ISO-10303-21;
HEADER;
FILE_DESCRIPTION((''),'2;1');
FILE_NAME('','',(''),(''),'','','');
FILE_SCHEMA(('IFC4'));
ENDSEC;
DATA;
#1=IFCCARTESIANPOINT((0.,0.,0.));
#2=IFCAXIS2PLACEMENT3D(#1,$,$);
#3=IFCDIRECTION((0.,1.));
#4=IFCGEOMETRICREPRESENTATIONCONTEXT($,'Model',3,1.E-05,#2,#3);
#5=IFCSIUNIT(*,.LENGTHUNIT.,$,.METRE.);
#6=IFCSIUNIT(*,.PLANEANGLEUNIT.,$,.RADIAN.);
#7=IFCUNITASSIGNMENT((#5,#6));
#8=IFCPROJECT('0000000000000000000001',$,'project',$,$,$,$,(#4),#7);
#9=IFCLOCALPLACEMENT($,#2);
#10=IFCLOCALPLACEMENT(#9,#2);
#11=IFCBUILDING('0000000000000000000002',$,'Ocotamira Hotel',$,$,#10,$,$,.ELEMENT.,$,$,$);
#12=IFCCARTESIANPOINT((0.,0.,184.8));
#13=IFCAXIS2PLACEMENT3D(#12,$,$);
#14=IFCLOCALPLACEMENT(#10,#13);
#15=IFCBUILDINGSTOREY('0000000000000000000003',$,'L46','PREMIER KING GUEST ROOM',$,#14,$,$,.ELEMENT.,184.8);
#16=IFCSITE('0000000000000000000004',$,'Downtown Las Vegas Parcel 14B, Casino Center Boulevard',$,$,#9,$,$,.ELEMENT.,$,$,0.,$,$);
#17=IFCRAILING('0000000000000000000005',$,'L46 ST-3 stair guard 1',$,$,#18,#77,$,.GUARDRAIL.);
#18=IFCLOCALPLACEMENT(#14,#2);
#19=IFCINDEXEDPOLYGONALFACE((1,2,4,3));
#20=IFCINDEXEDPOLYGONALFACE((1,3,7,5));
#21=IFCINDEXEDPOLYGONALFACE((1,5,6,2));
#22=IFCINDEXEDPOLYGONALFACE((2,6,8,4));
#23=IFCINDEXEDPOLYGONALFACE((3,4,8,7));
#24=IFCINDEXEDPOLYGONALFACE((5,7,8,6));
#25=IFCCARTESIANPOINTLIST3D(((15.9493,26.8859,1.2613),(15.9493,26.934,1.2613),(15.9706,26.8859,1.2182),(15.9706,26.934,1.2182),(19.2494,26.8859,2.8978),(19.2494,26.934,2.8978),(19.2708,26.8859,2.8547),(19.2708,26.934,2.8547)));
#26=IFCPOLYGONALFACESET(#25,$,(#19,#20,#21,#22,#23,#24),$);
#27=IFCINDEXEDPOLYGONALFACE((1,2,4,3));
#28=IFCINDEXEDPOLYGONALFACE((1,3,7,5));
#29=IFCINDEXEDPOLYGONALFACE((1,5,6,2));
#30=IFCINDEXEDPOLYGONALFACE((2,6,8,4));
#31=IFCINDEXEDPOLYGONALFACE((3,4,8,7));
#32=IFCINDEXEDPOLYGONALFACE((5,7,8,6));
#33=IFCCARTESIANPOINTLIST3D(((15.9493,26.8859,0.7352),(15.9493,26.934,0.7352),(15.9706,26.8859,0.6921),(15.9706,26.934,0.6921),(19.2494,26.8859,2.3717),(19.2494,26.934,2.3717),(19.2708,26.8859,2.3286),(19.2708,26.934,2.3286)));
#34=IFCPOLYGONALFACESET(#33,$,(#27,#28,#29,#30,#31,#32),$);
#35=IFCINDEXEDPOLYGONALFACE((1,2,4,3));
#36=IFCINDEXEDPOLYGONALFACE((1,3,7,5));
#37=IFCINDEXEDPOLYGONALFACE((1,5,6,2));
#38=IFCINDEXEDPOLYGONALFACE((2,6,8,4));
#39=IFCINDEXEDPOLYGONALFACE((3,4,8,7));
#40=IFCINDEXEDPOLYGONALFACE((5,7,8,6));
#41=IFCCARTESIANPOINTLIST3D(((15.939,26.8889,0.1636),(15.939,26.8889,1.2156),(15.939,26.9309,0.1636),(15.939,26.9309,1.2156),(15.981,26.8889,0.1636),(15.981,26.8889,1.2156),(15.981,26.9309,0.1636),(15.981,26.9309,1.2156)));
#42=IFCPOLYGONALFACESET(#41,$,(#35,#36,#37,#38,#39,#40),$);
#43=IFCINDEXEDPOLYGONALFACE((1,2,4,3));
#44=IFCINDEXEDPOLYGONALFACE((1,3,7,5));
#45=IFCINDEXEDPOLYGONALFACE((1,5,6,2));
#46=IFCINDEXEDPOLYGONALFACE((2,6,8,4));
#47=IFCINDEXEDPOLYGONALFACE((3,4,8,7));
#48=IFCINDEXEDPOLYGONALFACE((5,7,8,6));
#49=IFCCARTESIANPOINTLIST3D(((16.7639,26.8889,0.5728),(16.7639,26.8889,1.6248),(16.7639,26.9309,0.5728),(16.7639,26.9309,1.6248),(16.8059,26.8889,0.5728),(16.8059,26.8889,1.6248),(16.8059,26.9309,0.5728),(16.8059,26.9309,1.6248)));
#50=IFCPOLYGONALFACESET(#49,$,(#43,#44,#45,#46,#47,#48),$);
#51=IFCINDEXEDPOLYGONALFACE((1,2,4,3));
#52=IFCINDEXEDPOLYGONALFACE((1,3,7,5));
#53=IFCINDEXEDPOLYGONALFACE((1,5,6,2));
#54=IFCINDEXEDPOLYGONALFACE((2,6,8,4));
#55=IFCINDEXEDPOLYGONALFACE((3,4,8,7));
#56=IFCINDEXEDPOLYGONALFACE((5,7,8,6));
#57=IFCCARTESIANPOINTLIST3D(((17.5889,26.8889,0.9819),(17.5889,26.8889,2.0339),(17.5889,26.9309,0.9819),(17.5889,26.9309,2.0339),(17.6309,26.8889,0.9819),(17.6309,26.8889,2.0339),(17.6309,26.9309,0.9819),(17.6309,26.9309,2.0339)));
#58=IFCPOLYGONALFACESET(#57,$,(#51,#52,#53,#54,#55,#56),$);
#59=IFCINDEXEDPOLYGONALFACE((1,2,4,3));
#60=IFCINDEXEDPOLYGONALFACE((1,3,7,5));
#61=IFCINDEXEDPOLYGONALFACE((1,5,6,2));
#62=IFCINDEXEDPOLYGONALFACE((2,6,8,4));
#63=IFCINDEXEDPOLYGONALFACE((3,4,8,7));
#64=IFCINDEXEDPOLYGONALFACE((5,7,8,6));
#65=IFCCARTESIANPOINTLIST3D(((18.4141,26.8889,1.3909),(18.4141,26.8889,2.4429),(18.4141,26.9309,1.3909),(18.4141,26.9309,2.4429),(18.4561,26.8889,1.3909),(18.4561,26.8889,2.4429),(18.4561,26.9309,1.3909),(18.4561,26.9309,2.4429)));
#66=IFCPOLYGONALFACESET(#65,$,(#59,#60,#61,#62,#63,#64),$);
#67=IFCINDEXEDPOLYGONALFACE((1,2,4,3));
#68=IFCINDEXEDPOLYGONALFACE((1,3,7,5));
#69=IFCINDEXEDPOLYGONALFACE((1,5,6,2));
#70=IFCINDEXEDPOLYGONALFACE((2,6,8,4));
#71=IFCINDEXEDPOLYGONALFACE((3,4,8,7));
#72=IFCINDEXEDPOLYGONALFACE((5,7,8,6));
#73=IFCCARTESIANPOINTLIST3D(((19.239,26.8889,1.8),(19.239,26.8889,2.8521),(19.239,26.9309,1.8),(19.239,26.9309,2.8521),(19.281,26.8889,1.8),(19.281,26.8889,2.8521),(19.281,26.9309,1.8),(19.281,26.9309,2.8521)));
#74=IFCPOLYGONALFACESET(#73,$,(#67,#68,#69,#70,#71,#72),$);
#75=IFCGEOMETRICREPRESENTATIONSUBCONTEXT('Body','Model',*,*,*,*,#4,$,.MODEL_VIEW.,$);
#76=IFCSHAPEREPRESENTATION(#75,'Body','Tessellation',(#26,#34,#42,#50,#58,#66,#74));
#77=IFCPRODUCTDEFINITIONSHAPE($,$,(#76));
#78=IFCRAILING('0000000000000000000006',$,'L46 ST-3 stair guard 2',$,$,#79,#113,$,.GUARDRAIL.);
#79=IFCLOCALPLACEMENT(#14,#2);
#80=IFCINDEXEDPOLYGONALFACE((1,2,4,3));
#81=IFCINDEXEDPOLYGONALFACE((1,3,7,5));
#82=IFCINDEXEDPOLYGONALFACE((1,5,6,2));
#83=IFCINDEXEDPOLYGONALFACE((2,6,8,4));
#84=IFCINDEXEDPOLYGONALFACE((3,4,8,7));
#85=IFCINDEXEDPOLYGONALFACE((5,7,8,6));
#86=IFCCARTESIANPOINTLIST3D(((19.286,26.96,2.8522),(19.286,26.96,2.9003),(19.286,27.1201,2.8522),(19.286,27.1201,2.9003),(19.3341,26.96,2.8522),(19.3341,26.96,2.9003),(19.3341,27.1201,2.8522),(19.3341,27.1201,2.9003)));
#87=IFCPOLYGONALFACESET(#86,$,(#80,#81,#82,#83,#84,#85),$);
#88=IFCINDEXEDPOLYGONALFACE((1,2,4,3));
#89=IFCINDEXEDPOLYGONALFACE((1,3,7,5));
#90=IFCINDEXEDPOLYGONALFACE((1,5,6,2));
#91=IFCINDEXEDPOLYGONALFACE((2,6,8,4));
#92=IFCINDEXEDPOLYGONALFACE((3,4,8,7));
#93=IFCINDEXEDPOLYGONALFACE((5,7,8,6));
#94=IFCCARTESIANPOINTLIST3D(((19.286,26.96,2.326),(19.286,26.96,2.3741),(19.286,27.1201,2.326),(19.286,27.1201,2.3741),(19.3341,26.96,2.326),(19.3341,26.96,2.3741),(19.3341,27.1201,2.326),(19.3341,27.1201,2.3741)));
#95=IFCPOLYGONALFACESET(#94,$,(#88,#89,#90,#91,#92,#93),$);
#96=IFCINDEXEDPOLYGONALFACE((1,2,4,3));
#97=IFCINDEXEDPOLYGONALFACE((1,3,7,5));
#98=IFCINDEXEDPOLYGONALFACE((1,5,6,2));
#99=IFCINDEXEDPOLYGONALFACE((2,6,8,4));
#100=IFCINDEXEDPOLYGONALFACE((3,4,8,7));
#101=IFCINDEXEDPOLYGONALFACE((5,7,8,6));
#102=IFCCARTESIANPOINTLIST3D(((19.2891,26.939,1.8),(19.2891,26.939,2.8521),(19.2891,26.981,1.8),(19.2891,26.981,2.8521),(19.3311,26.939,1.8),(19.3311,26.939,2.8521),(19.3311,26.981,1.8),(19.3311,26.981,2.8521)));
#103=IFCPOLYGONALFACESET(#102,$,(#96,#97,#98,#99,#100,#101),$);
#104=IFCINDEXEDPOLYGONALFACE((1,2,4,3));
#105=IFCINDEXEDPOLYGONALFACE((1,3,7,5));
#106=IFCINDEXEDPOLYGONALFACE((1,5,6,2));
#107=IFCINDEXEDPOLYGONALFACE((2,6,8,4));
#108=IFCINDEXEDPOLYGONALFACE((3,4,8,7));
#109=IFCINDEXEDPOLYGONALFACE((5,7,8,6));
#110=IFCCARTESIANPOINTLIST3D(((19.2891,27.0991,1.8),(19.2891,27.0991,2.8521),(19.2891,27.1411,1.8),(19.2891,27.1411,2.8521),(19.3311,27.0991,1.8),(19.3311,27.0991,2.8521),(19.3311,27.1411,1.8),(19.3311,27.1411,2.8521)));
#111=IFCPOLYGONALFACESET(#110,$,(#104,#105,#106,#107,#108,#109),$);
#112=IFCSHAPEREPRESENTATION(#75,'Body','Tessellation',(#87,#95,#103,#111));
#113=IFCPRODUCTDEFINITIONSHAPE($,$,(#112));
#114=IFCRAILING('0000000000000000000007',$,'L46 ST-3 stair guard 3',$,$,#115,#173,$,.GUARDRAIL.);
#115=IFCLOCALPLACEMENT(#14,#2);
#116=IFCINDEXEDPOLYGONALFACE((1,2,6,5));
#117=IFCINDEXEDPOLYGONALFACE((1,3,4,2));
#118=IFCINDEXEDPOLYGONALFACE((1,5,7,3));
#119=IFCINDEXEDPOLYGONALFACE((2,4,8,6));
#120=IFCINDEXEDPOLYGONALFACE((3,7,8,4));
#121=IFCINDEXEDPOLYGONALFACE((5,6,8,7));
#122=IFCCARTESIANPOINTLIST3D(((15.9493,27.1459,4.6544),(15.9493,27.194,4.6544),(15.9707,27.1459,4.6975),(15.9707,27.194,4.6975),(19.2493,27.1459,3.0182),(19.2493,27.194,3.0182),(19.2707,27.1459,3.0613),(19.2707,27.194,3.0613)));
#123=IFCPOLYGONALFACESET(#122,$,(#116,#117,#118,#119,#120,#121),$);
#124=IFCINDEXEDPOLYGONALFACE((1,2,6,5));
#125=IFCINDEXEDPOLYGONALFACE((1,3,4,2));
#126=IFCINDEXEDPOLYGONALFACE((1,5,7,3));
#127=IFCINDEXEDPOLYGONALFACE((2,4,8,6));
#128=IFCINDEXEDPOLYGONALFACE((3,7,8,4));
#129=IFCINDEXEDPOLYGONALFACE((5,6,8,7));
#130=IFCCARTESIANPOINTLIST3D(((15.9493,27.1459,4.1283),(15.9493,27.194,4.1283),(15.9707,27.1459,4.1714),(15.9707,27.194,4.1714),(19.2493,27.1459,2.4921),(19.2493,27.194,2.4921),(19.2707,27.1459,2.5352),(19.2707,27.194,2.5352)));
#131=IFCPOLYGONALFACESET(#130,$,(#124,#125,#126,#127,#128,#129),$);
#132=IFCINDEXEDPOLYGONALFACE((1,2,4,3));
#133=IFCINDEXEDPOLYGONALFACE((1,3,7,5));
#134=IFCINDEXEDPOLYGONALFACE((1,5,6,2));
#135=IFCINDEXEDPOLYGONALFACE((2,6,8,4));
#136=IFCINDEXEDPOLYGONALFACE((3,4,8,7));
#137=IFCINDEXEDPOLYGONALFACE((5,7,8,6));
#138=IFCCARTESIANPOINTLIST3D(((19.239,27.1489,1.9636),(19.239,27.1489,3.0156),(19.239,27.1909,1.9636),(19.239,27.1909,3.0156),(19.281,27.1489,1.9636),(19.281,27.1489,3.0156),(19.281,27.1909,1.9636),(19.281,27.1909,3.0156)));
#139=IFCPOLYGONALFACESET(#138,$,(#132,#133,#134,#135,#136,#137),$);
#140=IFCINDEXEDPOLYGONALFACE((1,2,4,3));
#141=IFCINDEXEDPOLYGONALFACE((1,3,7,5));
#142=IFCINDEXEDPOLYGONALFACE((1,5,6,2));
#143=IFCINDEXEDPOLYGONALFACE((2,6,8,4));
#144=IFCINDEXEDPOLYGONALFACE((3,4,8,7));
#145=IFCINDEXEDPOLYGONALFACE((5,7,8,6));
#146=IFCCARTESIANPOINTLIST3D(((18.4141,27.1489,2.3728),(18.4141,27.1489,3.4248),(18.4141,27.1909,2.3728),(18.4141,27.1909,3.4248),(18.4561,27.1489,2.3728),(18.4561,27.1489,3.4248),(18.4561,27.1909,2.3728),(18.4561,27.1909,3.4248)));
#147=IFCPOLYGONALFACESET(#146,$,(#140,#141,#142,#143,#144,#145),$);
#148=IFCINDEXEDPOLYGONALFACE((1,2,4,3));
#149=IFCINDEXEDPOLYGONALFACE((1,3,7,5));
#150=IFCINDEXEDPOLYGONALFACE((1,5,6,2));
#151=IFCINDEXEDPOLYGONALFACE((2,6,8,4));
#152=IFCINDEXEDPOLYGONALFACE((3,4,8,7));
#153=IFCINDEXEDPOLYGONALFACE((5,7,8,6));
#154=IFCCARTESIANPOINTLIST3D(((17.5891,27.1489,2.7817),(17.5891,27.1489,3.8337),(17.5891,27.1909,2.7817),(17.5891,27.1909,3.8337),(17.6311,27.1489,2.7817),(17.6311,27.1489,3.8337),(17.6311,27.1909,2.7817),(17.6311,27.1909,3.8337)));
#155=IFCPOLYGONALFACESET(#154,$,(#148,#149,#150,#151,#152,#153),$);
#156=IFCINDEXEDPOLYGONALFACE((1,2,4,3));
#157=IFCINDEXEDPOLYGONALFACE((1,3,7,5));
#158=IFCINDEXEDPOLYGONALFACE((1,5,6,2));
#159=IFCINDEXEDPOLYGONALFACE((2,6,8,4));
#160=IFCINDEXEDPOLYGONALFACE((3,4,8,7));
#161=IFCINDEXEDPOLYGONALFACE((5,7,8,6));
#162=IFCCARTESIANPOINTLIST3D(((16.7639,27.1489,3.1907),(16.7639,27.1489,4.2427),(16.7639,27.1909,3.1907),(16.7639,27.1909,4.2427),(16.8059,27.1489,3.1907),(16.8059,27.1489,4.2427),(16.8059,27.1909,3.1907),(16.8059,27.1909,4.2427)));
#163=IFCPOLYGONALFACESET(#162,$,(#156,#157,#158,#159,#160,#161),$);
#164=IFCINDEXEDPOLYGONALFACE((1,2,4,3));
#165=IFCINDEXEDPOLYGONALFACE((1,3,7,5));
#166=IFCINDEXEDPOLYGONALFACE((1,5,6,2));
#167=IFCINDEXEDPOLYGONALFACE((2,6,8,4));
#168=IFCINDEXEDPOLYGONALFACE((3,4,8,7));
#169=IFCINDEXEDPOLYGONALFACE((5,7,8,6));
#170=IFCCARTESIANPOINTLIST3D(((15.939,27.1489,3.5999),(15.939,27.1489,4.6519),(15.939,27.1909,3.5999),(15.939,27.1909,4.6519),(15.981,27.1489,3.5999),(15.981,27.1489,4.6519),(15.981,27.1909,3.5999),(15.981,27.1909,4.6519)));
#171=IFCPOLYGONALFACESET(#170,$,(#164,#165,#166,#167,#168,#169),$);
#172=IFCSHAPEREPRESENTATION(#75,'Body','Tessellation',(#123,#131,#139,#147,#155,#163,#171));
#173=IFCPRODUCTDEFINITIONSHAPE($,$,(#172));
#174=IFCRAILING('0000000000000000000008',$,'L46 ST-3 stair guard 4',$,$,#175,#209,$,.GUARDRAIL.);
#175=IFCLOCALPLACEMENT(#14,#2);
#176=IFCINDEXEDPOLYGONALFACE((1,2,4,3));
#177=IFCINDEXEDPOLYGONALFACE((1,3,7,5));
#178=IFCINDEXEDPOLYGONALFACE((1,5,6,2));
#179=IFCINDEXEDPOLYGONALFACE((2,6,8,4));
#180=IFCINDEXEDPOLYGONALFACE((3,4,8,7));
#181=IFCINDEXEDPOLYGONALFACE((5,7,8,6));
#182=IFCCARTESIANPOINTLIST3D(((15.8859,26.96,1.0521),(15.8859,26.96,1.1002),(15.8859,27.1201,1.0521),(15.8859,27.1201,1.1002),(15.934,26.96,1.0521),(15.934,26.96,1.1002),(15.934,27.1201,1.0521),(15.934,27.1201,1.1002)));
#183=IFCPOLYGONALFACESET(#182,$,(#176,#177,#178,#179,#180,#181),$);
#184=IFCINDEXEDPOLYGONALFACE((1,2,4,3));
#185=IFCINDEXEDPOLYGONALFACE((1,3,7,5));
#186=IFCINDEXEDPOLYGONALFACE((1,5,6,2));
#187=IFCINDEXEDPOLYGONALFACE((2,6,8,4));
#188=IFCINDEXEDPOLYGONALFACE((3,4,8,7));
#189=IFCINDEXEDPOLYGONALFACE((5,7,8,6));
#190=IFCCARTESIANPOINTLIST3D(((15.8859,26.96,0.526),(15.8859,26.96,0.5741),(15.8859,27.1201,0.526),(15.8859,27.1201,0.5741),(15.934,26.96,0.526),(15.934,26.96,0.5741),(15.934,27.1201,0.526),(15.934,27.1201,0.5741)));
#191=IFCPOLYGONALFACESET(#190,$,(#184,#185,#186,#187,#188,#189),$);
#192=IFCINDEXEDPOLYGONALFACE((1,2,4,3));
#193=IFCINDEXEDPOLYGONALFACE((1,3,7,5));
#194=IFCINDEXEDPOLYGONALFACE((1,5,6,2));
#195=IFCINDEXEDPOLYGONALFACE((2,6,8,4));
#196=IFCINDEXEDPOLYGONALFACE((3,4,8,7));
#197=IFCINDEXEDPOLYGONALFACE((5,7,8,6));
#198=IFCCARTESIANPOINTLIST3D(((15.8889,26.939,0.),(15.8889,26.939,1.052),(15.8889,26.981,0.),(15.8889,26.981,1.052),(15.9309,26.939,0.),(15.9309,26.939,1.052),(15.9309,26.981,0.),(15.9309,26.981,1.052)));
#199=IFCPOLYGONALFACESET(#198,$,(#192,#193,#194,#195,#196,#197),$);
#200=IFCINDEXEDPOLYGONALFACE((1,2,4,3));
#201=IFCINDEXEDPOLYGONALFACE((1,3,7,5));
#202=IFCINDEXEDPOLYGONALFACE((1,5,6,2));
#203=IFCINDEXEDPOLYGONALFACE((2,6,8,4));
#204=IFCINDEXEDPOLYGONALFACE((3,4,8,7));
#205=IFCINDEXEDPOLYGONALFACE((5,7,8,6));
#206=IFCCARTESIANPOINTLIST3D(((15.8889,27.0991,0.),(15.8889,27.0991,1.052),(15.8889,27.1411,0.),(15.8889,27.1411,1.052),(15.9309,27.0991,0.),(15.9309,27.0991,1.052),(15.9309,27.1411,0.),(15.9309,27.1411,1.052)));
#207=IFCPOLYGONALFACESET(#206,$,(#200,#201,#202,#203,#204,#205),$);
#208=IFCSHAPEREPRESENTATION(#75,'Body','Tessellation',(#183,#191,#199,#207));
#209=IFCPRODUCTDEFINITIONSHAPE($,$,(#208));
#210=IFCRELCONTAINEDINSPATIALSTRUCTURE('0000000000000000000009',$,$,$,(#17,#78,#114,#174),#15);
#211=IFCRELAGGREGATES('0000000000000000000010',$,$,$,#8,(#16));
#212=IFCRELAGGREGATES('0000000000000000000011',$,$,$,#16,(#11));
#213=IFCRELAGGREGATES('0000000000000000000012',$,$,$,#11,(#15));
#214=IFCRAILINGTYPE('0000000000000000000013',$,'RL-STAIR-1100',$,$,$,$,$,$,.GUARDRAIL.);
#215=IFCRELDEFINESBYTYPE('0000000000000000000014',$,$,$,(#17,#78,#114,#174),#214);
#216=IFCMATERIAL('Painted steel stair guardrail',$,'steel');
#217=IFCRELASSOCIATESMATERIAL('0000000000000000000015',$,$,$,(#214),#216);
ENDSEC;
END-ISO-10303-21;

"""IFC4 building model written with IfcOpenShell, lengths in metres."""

from ifc_helpers import new_model, si_unit, direction, frame, origin, origin_2d, place, context, subcontext, project, spatial, rectangle, extrude, material, type_object, element, save


model = new_model("IFC4")

# Units and contexts
model_context = context("Model", 3, precision=1e-05, world=origin(), true_north=direction((0.0, 1.0)))
body_context = subcontext(model_context, "Body", "Model", "MODEL_VIEW")
ifc_project = project(units=[si_unit("LENGTHUNIT", "METRE"), si_unit("PLANEANGLEUNIT", "RADIAN")], contexts=[model_context])

# Site, building, storey
site_placement = place(None, origin())
site = spatial("IfcSite", under=ifc_project, at=site_placement, Name="Downtown Las Vegas Parcel 14B, Casino Center Boulevard", CompositionType="ELEMENT", RefElevation=0.0)
building_placement = place(site_placement, origin())
building = spatial("IfcBuilding", under=site, at=building_placement, Name="Ocotamira Hotel", CompositionType="ELEMENT")
storey_placement = place(building_placement, frame((0.0, 0.0, 184.8)))
storey = spatial("IfcBuildingStorey", under=building, at=storey_placement, Name="L46", Description="PREMIER KING GUEST ROOM", CompositionType="ELEMENT", Elevation=184.8)

# Railings
ifc_material_1 = material(Name="Painted steel stair guardrail", Category="steel")
railing_type_1 = type_object("IfcRailingType", Name="RL-STAIR-1100", PredefinedType="GUARDRAIL", material=ifc_material_1)
railing_1_placement = place(storey_placement, frame((15.96, 26.9099, 0.1636)))
element("IfcRailing", 1, at=railing_1_placement, inside=storey, type_object=railing_type_1, Name="L46 ST-3 stair guard 1", PredefinedType="GUARDRAIL", context=body_context, shape_type="SweptSolid", body=[
    extrude(rectangle(XDim=0.0481, YDim=0.0481, at=origin_2d()), frame((0.0, 0.0, 1.0762), z_axis=(0.895894, 0.0, 0.444268), x_axis=(0.0, 1.0, 0.0)), (0.0, 0.0, 1.0), 3.6836),
    extrude(rectangle(XDim=0.0481, YDim=0.0481, at=origin_2d()), frame((0.0, 0.0, 0.55), z_axis=(0.895894, 0.0, 0.444268), x_axis=(0.0, 1.0, 0.0)), (0.0, 0.0, 1.0), 3.6836),
    extrude(rectangle(XDim=0.042, YDim=0.042, at=origin_2d()), origin(), (0.0, 0.0, 1.0), 1.052),
    extrude(rectangle(XDim=0.042, YDim=0.042, at=origin_2d()), frame((0.825, 0.0, 0.4092)), (0.0, 0.0, 1.0), 1.052),
    extrude(rectangle(XDim=0.042, YDim=0.042, at=origin_2d()), frame((1.6499, 0.0, 0.8184)), (0.0, 0.0, 1.0), 1.052),
    extrude(rectangle(XDim=0.042, YDim=0.042, at=origin_2d()), frame((2.4751, 0.0, 1.2273)), (0.0, 0.0, 1.0), 1.052),
    extrude(rectangle(XDim=0.042, YDim=0.042, at=origin_2d()), frame((3.3, 0.0, 1.6365)), (0.0, 0.0, 1.0), 1.052),
])
railing_2_placement = place(storey_placement, frame((19.3101, 26.96, 1.8)))
element("IfcRailing", 2, at=railing_2_placement, inside=storey, type_object=railing_type_1, Name="L46 ST-3 stair guard 2", PredefinedType="GUARDRAIL", context=body_context, shape_type="SweptSolid", body=[
    extrude(rectangle(XDim=0.0481, YDim=0.0481, at=origin_2d()), frame((0.0, 0.0, 1.0762), z_axis=(0.0, 1.0, 0.0), x_axis=(-1.0, 0.0, 0.0)), (0.0, 0.0, 1.0), 0.1602),
    extrude(rectangle(XDim=0.0481, YDim=0.0481, at=origin_2d()), frame((0.0, 0.0, 0.55), z_axis=(0.0, 1.0, 0.0), x_axis=(-1.0, 0.0, 0.0)), (0.0, 0.0, 1.0), 0.1602),
    extrude(rectangle(XDim=0.042, YDim=0.042, at=origin_2d()), origin(), (0.0, 0.0, 1.0), 1.052),
    extrude(rectangle(XDim=0.042, YDim=0.042, at=origin_2d()), frame((0.0, 0.1602, 0.0)), (0.0, 0.0, 1.0), 1.052),
])
railing_3_placement = place(storey_placement, frame((19.26, 27.1699, 1.9636)))
element("IfcRailing", 3, at=railing_3_placement, inside=storey, type_object=railing_type_1, Name="L46 ST-3 stair guard 3", PredefinedType="GUARDRAIL", context=body_context, shape_type="SweptSolid", body=[
    extrude(rectangle(XDim=0.0481, YDim=0.0481, at=origin_2d()), frame((0.0, 0.0, 1.0762), z_axis=(-0.89592, 0.0, 0.444215), x_axis=(0.0, -1.0, 0.0)), (0.0, 0.0, 1.0), 3.6833),
    extrude(rectangle(XDim=0.0481, YDim=0.0481, at=origin_2d()), frame((0.0, 0.0, 0.55), z_axis=(-0.89592, 0.0, 0.444215), x_axis=(0.0, -1.0, 0.0)), (0.0, 0.0, 1.0), 3.6833),
    extrude(rectangle(XDim=0.042, YDim=0.042, at=origin_2d()), origin(), (0.0, 0.0, 1.0), 1.052),
    extrude(rectangle(XDim=0.042, YDim=0.042, at=origin_2d()), frame((-0.825, 0.0, 0.4092)), (0.0, 0.0, 1.0), 1.052),
    extrude(rectangle(XDim=0.042, YDim=0.042, at=origin_2d()), frame((-1.6499, 0.0, 0.8181)), (0.0, 0.0, 1.0), 1.052),
    extrude(rectangle(XDim=0.042, YDim=0.042, at=origin_2d()), frame((-2.4751, 0.0, 1.2271)), (0.0, 0.0, 1.0), 1.052),
    extrude(rectangle(XDim=0.042, YDim=0.042, at=origin_2d()), frame((-3.3, 0.0, 1.6362)), (0.0, 0.0, 1.0), 1.052),
])
railing_4_placement = place(storey_placement, frame((15.9099, 26.96, 0.0)))
element("IfcRailing", 4, at=railing_4_placement, inside=storey, type_object=railing_type_1, Name="L46 ST-3 stair guard 4", PredefinedType="GUARDRAIL", context=body_context, shape_type="SweptSolid", body=[
    extrude(rectangle(XDim=0.0481, YDim=0.0481, at=origin_2d()), frame((0.0, 0.0, 1.0762), z_axis=(0.0, 1.0, 0.0), x_axis=(-1.0, 0.0, 0.0)), (0.0, 0.0, 1.0), 0.1602),
    extrude(rectangle(XDim=0.0481, YDim=0.0481, at=origin_2d()), frame((0.0, 0.0, 0.55), z_axis=(0.0, 1.0, 0.0), x_axis=(-1.0, 0.0, 0.0)), (0.0, 0.0, 1.0), 0.1602),
    extrude(rectangle(XDim=0.042, YDim=0.042, at=origin_2d()), origin(), (0.0, 0.0, 1.0), 1.052),
    extrude(rectangle(XDim=0.042, YDim=0.042, at=origin_2d()), frame((0.0, 0.1602, 0.0)), (0.0, 0.0, 1.0), 1.052),
])

save(model, "model.ifc")
